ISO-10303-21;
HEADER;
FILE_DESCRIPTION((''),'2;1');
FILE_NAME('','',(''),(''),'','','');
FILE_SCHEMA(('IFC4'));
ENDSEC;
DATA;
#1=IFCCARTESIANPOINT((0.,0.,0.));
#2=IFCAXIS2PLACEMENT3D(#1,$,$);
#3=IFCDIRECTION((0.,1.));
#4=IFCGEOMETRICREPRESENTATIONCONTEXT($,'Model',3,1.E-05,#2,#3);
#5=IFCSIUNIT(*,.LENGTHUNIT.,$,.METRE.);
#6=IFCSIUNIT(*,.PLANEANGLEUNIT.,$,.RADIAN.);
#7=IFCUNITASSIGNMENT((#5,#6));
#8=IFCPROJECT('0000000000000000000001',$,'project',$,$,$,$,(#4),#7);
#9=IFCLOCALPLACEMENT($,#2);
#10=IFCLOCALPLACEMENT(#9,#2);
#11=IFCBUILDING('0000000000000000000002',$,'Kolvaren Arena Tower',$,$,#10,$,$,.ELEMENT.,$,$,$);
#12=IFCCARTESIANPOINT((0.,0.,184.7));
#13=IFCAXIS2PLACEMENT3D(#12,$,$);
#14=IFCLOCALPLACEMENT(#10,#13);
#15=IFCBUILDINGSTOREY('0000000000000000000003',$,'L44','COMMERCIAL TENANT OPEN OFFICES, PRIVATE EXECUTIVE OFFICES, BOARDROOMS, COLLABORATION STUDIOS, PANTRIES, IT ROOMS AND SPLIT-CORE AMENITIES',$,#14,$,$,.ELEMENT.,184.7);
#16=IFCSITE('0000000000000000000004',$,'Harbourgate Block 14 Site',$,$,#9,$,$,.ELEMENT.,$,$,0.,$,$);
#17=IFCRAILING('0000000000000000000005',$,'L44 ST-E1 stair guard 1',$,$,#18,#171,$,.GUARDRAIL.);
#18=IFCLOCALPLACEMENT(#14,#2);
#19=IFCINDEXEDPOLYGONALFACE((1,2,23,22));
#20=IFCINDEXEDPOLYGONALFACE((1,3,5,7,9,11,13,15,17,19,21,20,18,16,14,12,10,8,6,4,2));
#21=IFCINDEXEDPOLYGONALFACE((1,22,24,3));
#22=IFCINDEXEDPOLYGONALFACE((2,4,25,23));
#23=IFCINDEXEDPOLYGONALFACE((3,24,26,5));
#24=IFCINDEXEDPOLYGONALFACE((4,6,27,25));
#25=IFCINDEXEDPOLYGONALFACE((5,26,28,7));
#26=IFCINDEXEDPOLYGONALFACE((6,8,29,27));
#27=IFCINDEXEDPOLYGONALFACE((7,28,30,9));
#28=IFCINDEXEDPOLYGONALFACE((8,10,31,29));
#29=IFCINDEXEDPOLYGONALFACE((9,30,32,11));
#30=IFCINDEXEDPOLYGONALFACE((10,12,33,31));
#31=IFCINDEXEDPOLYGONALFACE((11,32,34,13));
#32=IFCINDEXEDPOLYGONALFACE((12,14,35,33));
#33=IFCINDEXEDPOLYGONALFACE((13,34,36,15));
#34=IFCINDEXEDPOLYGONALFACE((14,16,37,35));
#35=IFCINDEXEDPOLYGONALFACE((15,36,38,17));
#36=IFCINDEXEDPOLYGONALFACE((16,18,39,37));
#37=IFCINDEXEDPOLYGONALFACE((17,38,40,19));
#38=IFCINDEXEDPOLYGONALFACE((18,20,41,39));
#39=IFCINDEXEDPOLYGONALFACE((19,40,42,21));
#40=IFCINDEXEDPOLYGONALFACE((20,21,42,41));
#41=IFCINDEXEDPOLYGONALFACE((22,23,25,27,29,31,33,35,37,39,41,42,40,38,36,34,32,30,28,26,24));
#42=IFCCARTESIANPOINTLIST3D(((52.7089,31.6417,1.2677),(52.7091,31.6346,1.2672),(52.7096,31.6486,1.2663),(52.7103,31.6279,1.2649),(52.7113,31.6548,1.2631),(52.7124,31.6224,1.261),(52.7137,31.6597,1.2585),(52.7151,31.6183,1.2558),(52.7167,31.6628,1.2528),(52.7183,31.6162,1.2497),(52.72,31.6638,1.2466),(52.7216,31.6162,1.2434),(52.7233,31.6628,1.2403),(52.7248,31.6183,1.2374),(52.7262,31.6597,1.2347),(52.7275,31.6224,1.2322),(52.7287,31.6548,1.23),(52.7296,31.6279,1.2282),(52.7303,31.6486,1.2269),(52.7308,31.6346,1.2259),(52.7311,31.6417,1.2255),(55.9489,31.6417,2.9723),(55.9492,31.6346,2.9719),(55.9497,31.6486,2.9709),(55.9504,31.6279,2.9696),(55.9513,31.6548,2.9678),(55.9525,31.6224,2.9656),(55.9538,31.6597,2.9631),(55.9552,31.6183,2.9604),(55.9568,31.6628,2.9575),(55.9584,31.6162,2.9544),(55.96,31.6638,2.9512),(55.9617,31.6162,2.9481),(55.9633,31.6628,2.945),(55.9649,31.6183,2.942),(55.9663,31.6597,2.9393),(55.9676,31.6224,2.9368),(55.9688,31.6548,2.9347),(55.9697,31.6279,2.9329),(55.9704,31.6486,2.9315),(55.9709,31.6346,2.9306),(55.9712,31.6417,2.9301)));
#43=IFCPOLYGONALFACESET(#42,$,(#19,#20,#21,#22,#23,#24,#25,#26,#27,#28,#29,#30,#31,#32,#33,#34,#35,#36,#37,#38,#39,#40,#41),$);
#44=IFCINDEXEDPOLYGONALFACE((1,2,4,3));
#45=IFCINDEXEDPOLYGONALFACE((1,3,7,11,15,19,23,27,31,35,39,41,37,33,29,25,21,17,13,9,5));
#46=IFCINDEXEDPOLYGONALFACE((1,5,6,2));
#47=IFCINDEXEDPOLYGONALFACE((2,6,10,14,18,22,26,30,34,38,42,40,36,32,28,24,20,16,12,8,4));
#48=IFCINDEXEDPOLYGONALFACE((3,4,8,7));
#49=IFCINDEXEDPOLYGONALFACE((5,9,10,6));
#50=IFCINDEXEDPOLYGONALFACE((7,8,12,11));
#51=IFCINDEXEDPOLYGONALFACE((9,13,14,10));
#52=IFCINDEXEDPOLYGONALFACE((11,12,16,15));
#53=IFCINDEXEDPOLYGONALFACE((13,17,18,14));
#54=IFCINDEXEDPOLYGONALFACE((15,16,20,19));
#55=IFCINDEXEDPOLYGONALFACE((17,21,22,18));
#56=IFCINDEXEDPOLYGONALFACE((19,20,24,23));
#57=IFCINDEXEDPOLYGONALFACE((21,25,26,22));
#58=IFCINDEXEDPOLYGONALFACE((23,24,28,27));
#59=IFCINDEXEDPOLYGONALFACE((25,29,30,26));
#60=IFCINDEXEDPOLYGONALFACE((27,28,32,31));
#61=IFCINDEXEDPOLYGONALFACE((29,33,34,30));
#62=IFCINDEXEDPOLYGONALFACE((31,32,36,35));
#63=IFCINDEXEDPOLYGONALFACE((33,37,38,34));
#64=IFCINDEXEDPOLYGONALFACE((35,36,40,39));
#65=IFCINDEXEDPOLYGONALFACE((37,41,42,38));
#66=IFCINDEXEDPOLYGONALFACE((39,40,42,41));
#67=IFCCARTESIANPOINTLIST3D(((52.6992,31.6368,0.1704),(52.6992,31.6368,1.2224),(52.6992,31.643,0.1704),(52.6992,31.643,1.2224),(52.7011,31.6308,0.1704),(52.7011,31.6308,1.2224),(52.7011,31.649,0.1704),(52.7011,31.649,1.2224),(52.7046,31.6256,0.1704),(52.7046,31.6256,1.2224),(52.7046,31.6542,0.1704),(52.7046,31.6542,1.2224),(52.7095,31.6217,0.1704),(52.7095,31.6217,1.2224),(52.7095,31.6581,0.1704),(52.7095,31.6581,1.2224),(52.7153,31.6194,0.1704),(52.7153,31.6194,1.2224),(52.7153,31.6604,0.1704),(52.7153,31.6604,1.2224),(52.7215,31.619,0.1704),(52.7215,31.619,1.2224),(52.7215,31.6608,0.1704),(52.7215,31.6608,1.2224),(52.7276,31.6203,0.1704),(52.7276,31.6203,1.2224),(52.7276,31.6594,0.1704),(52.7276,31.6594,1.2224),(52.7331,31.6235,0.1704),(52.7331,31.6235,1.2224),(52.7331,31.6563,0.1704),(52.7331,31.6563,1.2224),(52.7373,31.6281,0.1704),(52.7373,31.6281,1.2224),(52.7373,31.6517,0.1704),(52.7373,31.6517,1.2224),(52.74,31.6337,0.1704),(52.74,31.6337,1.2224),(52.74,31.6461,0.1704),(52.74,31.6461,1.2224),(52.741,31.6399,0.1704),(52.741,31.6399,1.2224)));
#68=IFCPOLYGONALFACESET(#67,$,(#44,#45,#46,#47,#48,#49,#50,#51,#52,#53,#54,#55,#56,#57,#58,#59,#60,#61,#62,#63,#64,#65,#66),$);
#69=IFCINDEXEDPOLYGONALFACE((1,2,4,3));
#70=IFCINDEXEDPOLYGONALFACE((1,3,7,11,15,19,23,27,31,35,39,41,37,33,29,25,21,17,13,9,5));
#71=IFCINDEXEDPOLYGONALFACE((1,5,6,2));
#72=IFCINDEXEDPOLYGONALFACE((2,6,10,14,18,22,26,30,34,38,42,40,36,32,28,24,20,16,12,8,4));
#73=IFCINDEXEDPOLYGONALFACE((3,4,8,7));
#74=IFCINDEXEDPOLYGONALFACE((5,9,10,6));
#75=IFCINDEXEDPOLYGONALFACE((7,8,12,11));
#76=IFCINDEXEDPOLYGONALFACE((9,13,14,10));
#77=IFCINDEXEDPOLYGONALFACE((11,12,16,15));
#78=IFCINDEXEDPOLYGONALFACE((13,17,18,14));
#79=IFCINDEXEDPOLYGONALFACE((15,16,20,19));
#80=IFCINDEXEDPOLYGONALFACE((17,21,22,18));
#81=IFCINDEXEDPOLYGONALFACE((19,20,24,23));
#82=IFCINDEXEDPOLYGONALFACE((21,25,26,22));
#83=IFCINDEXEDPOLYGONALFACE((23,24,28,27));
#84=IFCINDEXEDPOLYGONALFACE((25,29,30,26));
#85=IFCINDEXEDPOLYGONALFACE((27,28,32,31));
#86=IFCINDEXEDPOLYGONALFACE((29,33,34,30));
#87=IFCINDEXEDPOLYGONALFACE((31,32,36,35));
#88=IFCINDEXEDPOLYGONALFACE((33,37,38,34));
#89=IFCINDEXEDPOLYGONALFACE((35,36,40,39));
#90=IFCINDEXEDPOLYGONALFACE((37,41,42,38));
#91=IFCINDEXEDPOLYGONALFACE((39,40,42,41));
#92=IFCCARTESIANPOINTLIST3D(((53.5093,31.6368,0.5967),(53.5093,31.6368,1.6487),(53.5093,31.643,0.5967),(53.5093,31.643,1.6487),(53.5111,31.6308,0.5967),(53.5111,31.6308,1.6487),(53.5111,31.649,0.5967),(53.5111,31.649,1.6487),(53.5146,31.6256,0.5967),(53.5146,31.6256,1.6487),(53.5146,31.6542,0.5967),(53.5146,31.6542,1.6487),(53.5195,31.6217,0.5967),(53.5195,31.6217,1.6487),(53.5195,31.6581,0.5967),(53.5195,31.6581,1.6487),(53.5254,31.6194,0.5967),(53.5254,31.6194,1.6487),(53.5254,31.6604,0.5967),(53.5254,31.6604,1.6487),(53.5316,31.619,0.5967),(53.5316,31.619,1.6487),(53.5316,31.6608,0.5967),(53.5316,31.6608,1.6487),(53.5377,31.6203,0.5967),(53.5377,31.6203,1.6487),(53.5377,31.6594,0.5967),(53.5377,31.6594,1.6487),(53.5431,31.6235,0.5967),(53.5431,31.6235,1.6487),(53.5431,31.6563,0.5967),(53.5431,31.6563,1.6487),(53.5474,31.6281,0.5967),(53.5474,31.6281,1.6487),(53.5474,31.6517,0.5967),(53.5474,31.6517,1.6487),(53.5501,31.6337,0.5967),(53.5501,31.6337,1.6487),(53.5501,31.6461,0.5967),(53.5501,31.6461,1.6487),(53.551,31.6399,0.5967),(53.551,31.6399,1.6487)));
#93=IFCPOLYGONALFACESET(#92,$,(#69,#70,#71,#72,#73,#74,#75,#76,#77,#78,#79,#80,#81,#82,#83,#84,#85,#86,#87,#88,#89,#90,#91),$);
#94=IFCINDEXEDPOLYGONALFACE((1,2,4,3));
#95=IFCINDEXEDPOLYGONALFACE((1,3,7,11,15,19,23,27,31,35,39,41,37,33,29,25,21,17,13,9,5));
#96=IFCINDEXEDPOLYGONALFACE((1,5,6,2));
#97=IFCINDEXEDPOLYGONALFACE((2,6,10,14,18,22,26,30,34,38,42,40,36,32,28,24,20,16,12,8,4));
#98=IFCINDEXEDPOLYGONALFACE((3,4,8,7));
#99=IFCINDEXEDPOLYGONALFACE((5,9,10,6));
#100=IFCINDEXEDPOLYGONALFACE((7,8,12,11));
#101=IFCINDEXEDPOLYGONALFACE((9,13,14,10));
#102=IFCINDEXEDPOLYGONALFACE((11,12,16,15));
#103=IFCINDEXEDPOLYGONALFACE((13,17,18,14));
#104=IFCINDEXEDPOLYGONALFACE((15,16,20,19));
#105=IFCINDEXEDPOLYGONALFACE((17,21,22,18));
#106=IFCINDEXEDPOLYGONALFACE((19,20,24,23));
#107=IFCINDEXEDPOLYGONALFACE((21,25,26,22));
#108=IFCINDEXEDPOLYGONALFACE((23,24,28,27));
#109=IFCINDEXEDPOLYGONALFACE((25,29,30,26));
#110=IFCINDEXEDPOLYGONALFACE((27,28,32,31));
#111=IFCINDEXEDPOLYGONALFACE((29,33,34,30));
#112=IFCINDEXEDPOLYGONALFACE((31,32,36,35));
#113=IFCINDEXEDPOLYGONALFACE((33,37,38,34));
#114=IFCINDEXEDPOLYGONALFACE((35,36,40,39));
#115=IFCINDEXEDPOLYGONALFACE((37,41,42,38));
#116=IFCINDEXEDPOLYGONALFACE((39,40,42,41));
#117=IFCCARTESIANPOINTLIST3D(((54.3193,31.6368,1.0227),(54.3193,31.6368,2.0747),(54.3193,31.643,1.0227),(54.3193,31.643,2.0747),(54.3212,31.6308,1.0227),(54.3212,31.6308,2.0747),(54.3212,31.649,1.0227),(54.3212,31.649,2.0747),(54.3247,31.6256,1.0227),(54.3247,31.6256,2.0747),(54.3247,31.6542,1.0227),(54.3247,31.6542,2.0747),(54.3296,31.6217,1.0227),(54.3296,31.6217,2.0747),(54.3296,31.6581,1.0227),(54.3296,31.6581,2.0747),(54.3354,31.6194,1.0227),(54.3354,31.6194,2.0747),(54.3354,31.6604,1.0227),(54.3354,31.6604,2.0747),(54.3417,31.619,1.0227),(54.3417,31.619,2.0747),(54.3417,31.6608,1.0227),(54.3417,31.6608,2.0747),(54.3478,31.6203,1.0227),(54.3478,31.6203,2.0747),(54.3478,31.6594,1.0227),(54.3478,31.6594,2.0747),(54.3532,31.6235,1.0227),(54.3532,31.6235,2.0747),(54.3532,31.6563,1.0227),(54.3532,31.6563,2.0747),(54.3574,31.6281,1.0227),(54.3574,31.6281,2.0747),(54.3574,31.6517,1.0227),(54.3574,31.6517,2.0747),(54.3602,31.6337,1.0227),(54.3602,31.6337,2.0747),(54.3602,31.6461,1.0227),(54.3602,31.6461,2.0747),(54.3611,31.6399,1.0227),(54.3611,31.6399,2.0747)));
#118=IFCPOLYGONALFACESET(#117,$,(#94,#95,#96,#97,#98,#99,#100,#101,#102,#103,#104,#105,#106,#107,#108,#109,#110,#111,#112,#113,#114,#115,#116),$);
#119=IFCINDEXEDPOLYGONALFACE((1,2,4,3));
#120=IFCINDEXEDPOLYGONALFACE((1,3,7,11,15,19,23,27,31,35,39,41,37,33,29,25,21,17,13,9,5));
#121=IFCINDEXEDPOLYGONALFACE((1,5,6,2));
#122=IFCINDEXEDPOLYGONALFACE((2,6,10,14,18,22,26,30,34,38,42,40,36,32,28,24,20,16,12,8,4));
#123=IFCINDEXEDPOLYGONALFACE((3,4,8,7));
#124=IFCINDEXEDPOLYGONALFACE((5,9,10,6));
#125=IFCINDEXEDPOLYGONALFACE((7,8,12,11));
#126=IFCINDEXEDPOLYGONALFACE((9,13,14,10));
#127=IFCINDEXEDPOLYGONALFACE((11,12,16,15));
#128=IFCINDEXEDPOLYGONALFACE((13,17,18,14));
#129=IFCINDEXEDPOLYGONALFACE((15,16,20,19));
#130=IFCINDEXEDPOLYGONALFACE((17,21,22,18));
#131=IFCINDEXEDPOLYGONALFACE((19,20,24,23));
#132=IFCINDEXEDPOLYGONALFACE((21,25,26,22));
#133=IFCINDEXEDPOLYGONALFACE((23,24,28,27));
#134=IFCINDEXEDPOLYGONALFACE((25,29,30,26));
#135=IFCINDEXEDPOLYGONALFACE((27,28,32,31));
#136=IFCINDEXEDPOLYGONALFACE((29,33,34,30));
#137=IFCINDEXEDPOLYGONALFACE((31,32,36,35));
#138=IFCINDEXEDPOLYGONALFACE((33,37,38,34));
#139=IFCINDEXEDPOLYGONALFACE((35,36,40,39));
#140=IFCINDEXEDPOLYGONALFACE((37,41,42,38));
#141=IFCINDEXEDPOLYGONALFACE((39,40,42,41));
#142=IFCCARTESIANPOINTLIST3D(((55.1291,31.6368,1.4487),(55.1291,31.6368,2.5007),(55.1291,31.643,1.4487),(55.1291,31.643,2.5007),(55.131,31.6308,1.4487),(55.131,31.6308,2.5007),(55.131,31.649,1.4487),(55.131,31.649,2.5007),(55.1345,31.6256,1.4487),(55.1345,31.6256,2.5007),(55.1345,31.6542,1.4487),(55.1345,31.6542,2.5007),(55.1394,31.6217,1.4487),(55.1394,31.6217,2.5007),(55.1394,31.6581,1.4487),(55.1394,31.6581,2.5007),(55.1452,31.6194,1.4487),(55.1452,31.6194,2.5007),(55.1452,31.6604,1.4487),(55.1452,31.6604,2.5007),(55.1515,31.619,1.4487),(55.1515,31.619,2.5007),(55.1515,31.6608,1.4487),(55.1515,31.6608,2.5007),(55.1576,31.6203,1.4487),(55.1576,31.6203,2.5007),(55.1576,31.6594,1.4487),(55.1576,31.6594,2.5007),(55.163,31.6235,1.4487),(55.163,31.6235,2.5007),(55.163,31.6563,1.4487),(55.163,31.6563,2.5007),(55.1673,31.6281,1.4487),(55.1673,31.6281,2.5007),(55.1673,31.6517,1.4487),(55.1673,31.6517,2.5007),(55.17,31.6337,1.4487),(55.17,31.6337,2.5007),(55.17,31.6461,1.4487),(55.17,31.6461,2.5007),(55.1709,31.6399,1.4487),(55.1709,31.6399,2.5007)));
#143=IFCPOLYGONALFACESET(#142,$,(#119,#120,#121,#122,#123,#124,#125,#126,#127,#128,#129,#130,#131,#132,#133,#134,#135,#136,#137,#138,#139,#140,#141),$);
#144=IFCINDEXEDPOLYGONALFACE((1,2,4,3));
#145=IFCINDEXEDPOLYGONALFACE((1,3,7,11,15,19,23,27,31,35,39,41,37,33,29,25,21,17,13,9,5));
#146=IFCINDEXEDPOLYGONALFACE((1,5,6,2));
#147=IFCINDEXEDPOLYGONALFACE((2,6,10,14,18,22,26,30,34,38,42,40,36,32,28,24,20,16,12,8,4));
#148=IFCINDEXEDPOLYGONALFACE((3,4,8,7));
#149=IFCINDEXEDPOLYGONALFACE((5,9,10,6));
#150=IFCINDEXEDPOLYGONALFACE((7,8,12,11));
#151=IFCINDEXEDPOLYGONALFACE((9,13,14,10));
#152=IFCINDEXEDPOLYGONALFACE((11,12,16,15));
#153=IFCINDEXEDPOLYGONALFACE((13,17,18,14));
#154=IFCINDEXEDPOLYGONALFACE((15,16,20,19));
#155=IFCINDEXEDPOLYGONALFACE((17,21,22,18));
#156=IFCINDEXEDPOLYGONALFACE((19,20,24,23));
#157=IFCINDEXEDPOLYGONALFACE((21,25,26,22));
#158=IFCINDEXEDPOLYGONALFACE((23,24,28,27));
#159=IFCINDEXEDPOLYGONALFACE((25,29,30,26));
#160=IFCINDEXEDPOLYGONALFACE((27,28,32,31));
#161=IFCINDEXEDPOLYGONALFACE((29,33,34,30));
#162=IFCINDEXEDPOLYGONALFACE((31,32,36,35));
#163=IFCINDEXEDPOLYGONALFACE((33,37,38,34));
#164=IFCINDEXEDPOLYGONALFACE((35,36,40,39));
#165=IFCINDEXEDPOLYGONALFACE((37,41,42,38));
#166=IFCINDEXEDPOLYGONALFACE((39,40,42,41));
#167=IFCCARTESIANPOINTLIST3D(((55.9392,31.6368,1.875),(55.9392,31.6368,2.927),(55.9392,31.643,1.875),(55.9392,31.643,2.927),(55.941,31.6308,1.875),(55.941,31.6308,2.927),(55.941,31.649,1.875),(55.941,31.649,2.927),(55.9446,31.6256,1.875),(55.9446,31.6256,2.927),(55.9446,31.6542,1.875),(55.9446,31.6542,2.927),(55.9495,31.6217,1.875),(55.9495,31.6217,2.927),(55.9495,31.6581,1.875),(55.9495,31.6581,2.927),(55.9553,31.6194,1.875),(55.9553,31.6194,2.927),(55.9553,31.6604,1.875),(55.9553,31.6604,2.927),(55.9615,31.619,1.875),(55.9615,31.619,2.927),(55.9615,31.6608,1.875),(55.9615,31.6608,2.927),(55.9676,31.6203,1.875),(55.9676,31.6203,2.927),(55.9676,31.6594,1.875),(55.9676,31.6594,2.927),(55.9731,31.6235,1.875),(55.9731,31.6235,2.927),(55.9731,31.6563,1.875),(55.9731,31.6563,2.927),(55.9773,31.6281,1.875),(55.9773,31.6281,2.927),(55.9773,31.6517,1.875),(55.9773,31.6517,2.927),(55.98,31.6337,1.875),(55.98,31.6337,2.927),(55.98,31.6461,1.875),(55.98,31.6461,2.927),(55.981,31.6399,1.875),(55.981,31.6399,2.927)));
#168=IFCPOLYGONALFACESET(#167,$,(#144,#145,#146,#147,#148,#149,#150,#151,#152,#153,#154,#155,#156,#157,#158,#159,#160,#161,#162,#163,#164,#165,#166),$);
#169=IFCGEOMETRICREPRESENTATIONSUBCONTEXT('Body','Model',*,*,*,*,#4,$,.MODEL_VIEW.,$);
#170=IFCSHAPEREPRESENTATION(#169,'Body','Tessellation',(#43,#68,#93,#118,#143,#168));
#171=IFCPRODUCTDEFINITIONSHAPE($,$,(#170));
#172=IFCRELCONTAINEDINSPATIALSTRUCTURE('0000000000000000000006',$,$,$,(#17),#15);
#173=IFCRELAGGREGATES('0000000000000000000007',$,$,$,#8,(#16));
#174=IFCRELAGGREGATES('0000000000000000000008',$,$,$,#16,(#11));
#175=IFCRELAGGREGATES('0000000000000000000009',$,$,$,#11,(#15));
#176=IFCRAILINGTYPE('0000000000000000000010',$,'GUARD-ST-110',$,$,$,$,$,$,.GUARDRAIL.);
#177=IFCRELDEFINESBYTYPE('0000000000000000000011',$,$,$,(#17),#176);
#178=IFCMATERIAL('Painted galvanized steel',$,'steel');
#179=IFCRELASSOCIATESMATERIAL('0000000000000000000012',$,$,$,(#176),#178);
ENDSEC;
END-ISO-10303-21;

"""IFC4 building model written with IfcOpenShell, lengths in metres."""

from ifc_helpers import new_model, si_unit, direction, frame, origin, origin_2d, place, context, subcontext, project, spatial, circle, extrude, material, type_object, element, save


model = new_model("IFC4")

# Units and contexts
model_context = context("Model", 3, precision=1e-05, world=origin(), true_north=direction((0.0, 1.0)))
body_context = subcontext(model_context, "Body", "Model", "MODEL_VIEW")
ifc_project = project(units=[si_unit("LENGTHUNIT", "METRE"), si_unit("PLANEANGLEUNIT", "RADIAN")], contexts=[model_context])

# Site, building, storey
site_placement = place(None, origin())
site = spatial("IfcSite", under=ifc_project, at=site_placement, Name="Harbourgate Block 14 Site", CompositionType="ELEMENT", RefElevation=0.0)
building_placement = place(site_placement, origin())
building = spatial("IfcBuilding", under=site, at=building_placement, Name="Kolvaren Arena Tower", CompositionType="ELEMENT")
storey_placement = place(building_placement, frame((0.0, 0.0, 184.7)))
storey = spatial("IfcBuildingStorey", under=building, at=storey_placement, Name="L44", Description="COMMERCIAL TENANT OPEN OFFICES, PRIVATE EXECUTIVE OFFICES, BOARDROOMS, COLLABORATION STUDIOS, PANTRIES, IT ROOMS AND SPLIT-CORE AMENITIES", CompositionType="ELEMENT", Elevation=184.7)

# Railing
ifc_material_1 = material(Name="Painted galvanized steel", Category="steel")
railing_type_1 = type_object("IfcRailingType", Name="GUARD-ST-110", PredefinedType="GUARDRAIL", material=ifc_material_1)
railing_1_placement = place(storey_placement, frame((52.72, 31.6399, 0.1704)))
element("IfcRailing", 1, at=railing_1_placement, inside=storey, type_object=railing_type_1, Name="L44 ST-E1 stair guard 1", PredefinedType="GUARDRAIL", context=body_context, shape_type="SweptSolid", body=[
    extrude(circle(Radius=0.0239, at=origin_2d()), frame((0.0, 0.0, 1.0762), z_axis=(0.884993, 0.0, 0.465604), x_axis=(0.0, 1.0, 0.0)), (0.0, 0.0, 1.0), 3.6611),
    extrude(circle(Radius=0.021, at=origin_2d()), origin(), (0.0, 0.0, 1.0), 1.052),
    extrude(circle(Radius=0.021, at=origin_2d()), frame((0.8101, 0.0, 0.4263)), (0.0, 0.0, 1.0), 1.052),
    extrude(circle(Radius=0.021, at=origin_2d()), frame((1.6201, 0.0, 0.8523)), (0.0, 0.0, 1.0), 1.052),
    extrude(circle(Radius=0.021, at=origin_2d()), frame((2.4299, 0.0, 1.2783)), (0.0, 0.0, 1.0), 1.052),
    extrude(circle(Radius=0.021, at=origin_2d()), frame((3.24, 0.0, 1.7046)), (0.0, 0.0, 1.0), 1.052),
])

save(model, "model.ifc")
